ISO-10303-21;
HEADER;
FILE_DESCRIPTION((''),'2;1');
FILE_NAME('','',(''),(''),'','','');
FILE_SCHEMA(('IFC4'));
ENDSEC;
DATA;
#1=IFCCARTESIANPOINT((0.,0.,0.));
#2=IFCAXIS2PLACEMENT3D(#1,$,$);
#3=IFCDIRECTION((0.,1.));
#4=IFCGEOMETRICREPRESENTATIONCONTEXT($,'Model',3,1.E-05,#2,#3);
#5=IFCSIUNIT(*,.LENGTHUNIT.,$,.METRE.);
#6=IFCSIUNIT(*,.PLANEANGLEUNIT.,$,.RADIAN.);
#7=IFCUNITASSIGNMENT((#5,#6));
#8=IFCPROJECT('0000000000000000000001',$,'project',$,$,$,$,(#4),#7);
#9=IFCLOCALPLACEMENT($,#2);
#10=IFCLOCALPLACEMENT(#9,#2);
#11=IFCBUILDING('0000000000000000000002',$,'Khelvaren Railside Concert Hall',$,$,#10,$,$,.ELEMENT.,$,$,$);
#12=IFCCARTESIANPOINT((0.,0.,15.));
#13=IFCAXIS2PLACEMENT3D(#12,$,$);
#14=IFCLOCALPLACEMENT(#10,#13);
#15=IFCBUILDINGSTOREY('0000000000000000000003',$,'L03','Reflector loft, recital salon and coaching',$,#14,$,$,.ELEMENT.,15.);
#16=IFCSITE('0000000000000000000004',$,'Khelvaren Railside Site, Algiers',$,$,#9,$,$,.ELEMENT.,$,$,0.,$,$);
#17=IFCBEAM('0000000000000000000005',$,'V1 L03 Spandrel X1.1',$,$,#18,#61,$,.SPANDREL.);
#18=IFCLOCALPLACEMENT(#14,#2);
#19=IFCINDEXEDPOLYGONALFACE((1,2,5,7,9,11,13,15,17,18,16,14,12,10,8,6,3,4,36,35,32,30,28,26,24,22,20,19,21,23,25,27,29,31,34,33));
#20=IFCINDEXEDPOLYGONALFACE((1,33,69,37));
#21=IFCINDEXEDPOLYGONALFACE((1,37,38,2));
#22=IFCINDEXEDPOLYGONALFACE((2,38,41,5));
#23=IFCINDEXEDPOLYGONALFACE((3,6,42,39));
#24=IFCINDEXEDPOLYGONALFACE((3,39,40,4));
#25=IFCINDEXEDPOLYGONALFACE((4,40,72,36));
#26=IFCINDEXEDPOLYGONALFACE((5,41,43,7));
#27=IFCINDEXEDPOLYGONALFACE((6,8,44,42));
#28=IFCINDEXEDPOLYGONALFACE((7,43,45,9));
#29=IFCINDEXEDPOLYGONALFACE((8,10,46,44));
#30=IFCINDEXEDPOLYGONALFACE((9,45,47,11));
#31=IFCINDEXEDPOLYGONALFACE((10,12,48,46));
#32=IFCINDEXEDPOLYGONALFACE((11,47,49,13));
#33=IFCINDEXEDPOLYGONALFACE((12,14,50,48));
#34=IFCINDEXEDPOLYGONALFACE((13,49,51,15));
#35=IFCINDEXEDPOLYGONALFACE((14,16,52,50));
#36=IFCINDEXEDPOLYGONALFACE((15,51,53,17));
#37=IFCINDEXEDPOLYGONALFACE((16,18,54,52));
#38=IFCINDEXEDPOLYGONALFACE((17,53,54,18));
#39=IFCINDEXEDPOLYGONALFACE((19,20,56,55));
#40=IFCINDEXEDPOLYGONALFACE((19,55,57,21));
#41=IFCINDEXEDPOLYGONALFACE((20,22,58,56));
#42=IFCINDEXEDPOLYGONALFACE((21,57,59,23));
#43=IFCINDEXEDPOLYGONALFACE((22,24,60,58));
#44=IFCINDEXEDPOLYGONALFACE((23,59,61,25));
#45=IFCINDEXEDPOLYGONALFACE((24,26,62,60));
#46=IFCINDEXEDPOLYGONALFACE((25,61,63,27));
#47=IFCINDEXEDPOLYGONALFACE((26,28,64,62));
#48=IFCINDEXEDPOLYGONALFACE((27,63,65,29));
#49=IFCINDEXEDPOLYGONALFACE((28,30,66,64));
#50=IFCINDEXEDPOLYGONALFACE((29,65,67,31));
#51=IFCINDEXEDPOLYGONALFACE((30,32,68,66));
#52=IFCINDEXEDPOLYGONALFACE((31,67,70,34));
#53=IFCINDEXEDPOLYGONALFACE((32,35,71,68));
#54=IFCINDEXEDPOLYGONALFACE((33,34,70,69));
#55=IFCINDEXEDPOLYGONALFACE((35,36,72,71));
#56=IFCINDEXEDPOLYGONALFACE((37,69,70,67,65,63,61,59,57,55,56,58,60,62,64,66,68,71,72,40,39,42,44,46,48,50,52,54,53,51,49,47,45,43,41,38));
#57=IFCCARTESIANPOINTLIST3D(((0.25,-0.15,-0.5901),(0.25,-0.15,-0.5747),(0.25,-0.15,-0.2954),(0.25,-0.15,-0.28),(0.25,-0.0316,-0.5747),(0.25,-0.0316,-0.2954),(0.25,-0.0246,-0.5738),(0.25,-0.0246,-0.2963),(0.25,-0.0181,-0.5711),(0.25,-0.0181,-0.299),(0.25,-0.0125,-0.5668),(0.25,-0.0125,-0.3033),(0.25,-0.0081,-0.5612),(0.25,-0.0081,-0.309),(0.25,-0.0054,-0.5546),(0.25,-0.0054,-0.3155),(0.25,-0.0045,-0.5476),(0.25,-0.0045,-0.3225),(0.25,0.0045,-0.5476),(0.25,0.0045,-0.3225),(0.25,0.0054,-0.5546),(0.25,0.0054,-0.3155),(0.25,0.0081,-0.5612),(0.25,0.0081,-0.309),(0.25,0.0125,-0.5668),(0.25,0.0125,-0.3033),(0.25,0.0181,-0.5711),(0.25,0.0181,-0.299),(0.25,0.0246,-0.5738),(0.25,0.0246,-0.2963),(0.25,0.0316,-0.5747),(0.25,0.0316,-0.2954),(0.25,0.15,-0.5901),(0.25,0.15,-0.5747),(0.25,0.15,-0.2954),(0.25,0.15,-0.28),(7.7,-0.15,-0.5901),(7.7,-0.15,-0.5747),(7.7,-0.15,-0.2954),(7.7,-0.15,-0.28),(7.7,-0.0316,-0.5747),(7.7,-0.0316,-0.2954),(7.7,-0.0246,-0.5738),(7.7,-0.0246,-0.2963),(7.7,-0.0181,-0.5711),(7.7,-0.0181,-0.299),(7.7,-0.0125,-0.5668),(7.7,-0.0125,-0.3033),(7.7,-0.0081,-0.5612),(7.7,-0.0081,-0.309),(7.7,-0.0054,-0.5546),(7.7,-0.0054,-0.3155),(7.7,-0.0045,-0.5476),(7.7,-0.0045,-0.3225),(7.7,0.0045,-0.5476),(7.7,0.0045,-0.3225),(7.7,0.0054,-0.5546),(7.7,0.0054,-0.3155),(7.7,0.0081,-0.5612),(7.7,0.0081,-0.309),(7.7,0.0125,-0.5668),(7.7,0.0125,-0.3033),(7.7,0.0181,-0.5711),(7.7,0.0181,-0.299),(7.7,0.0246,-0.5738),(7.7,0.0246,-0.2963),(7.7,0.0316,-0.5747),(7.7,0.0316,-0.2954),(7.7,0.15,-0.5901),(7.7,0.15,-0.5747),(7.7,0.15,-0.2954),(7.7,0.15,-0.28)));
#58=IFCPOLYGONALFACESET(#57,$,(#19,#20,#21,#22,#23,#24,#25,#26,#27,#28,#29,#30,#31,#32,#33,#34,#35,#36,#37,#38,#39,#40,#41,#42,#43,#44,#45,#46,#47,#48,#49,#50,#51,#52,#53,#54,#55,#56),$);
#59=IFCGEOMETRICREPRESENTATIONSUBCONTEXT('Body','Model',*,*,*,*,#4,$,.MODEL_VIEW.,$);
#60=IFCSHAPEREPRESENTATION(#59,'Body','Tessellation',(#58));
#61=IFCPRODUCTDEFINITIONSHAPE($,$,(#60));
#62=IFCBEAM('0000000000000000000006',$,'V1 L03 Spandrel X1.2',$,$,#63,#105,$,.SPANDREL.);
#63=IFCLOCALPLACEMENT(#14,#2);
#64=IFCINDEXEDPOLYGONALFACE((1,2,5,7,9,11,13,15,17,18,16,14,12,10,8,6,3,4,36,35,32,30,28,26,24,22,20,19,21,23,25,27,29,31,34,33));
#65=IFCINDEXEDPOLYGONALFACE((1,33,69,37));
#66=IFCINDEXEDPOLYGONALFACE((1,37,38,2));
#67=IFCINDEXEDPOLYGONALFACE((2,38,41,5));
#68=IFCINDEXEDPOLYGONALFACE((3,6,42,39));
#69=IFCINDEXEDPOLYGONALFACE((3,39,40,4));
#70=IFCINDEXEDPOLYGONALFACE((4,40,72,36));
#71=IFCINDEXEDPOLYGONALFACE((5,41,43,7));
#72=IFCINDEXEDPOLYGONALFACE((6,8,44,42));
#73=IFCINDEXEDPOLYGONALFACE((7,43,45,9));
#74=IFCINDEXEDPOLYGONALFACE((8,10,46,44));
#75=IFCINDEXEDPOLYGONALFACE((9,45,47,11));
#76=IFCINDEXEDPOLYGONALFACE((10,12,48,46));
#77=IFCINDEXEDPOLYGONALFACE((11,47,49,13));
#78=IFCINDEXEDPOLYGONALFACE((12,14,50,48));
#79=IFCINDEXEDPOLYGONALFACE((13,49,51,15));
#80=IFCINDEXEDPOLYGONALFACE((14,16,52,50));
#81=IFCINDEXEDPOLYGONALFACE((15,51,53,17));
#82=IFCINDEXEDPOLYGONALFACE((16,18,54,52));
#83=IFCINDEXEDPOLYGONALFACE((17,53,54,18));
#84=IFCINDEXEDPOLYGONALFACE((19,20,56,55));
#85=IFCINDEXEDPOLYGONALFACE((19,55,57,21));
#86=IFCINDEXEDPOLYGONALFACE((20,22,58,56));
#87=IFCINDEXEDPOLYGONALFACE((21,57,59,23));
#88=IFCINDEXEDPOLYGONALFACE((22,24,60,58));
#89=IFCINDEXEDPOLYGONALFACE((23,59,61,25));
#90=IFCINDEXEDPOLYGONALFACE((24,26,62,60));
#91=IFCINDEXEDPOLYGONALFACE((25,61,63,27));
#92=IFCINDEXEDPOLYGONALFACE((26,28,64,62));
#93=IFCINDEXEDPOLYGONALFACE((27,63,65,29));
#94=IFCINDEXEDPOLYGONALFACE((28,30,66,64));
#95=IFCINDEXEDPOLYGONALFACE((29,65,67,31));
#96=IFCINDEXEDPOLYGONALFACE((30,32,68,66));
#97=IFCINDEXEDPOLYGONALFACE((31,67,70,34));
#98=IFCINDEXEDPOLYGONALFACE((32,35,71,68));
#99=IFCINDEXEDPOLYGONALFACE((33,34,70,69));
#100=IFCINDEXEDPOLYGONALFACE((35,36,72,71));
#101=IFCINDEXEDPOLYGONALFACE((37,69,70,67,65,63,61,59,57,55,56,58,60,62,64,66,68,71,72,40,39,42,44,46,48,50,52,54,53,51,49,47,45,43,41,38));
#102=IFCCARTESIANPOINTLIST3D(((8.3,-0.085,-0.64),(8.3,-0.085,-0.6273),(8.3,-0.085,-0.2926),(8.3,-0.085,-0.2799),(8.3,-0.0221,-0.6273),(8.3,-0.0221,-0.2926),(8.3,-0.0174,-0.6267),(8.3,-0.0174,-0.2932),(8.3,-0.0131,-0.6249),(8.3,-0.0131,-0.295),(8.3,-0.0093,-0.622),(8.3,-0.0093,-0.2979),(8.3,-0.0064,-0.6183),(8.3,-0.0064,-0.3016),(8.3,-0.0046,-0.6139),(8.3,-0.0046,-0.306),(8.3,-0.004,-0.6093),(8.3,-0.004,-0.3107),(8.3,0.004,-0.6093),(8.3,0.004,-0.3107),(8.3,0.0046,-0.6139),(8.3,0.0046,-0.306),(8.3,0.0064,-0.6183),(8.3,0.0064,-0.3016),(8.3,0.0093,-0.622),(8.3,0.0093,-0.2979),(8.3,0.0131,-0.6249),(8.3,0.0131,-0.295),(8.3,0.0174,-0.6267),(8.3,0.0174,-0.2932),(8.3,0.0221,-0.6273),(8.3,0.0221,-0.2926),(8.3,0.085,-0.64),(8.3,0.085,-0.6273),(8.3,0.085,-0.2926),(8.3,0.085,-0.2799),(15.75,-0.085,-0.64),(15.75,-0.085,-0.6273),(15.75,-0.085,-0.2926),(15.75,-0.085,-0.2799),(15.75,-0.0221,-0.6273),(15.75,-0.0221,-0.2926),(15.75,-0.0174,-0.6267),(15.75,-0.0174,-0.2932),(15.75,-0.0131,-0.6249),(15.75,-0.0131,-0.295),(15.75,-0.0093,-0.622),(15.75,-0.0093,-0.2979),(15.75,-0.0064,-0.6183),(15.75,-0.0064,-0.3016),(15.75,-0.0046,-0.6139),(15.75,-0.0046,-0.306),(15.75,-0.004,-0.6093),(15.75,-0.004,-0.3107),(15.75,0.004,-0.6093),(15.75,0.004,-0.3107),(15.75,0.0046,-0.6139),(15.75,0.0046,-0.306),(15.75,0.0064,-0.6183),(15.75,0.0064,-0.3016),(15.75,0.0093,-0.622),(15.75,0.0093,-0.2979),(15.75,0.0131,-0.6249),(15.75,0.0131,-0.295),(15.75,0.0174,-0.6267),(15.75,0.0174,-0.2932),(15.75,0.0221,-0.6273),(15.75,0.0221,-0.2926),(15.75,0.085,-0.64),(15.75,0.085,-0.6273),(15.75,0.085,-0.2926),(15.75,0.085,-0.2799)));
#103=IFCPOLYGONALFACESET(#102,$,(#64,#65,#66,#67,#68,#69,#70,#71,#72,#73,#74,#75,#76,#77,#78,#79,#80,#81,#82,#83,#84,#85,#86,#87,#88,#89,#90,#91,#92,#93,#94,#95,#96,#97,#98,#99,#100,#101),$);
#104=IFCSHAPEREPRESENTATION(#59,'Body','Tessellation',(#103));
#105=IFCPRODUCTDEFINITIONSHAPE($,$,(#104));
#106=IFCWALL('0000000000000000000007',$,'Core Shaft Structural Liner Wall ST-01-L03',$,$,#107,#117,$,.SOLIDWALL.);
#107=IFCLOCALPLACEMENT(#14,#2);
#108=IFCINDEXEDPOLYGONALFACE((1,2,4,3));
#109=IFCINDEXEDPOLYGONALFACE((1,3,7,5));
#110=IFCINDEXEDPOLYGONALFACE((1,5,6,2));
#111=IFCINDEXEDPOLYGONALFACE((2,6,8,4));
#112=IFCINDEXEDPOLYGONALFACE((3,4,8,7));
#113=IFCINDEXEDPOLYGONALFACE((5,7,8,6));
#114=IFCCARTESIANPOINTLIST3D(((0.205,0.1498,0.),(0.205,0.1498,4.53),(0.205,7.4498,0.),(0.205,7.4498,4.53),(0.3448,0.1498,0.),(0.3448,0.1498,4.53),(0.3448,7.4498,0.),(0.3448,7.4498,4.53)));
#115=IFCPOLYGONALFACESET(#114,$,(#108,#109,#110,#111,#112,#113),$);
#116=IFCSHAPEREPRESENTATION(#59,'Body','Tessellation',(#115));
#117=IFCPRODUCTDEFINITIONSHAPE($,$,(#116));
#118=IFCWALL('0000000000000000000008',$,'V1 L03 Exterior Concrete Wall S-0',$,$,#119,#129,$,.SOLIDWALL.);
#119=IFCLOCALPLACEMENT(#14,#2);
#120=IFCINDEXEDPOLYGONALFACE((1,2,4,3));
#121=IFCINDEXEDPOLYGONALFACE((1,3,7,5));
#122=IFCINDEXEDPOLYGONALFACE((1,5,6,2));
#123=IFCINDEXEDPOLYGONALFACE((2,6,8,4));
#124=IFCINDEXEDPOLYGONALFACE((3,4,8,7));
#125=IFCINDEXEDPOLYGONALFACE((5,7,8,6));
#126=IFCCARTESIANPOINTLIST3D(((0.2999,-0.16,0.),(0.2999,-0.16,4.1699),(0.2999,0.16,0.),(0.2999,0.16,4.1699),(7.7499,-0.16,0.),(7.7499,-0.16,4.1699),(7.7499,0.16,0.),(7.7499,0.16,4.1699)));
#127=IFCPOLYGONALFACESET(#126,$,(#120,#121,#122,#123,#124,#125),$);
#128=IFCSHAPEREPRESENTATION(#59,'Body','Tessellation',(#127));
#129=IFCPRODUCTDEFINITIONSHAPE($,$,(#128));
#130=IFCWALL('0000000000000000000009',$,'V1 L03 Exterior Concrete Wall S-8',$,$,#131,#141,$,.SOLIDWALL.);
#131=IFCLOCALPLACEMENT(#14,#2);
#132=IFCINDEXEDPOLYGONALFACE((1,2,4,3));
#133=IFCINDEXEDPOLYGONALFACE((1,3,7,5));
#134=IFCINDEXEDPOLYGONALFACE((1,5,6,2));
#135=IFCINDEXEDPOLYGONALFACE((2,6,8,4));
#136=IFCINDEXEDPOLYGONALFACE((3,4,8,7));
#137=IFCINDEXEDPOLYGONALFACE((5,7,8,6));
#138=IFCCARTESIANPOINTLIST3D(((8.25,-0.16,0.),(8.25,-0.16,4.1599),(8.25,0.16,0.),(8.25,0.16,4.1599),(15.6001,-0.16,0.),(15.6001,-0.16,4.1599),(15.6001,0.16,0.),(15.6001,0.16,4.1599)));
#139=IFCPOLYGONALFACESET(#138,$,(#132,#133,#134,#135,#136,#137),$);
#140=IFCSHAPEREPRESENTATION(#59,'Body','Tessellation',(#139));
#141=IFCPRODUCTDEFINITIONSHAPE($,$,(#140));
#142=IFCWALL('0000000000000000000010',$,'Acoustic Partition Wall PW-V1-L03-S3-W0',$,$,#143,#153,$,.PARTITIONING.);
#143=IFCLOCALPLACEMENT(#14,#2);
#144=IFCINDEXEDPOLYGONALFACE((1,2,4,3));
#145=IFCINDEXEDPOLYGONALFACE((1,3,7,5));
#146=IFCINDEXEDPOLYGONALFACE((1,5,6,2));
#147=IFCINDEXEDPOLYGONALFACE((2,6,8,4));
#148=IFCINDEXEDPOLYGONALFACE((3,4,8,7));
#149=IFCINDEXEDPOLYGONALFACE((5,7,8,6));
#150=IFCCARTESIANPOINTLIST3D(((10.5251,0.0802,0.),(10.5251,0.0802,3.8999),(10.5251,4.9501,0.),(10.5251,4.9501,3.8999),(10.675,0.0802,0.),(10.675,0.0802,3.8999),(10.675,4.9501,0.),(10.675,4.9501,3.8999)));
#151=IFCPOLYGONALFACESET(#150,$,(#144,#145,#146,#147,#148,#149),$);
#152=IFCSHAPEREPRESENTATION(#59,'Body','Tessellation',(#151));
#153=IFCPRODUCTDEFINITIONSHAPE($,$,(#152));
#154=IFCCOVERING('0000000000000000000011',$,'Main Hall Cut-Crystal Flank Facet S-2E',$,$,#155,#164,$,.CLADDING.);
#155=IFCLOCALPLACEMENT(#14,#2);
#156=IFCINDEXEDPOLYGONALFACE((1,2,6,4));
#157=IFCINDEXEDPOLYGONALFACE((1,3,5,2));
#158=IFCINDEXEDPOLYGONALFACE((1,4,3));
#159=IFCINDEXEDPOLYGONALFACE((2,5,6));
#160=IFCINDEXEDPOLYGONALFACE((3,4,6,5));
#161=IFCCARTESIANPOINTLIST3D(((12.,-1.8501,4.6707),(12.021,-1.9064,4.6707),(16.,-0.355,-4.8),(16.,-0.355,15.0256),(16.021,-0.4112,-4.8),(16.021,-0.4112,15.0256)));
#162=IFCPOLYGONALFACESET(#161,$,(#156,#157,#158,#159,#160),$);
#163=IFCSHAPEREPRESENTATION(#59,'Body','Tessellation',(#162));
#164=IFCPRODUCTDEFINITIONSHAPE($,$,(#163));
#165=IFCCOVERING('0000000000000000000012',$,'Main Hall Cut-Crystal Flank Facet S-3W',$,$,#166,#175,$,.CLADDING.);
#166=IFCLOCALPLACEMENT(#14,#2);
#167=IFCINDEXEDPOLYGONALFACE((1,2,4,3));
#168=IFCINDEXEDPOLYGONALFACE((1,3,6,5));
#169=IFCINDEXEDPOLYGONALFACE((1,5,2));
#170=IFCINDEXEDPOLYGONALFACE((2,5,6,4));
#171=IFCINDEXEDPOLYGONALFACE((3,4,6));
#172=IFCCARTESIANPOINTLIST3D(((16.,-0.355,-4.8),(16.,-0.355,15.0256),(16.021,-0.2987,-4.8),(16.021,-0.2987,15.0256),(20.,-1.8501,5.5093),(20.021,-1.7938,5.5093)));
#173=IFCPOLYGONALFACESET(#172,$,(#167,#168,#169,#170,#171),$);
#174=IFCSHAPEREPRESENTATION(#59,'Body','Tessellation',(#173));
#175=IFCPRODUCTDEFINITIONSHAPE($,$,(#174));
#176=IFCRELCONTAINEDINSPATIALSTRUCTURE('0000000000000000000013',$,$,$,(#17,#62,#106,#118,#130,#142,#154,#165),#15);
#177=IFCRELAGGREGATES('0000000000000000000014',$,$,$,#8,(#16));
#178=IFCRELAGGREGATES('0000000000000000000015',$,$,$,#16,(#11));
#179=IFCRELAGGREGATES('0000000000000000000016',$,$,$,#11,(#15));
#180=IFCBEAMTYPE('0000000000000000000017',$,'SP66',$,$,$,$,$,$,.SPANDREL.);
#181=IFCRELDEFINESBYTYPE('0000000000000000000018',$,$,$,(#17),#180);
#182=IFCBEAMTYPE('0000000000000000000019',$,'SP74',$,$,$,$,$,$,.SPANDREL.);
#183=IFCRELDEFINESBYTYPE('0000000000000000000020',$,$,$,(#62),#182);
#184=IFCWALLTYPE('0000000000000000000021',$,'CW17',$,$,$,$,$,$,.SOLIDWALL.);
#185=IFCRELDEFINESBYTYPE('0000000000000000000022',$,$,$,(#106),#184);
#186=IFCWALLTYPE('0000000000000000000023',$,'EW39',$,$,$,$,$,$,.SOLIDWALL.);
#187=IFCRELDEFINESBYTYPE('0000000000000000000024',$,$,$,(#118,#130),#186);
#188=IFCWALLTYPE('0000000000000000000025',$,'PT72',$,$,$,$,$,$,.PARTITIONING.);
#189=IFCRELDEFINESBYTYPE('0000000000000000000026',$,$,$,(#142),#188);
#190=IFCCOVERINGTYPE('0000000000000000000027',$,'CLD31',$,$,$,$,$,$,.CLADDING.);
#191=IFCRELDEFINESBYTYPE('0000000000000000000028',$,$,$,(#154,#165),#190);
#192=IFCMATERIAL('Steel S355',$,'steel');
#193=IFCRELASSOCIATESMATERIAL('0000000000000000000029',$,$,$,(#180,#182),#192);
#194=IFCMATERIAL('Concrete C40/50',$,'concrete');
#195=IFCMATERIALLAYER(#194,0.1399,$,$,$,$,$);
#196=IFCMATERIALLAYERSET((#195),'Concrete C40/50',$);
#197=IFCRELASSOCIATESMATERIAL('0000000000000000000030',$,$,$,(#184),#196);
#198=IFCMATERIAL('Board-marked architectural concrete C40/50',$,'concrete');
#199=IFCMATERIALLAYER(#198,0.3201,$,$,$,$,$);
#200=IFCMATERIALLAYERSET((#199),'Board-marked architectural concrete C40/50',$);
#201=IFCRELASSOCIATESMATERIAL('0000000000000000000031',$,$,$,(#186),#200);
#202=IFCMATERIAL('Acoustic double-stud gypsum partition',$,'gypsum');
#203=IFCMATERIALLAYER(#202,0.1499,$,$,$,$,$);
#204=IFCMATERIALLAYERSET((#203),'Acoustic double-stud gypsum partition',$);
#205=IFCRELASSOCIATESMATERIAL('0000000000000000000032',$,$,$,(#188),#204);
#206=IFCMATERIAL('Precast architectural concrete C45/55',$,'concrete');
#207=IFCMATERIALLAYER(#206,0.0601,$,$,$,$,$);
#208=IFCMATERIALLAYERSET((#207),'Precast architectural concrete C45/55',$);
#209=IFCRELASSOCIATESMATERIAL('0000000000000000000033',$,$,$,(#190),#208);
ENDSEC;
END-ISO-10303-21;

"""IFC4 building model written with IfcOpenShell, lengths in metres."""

from ifc_helpers import new_model, si_unit, direction, frame, frame_2d, origin, origin_2d, place, context, subcontext, project, spatial, polyline, rectangle, i_section, outline, extrude, material, layer, layer_set, material_profile, profile_set, type_object, element, save


model = new_model("IFC4")

# Units and contexts
model_context = context("Model", 3, precision=1e-05, world=origin(), true_north=direction((0.0, 1.0)))
body_context = subcontext(model_context, "Body", "Model", "MODEL_VIEW")
ifc_project = project(units=[si_unit("LENGTHUNIT", "METRE"), si_unit("PLANEANGLEUNIT", "RADIAN")], contexts=[model_context])

# Site, building, storey
site_placement = place(None, origin())
site = spatial("IfcSite", under=ifc_project, at=site_placement, Name="Khelvaren Railside Site, Algiers", CompositionType="ELEMENT", RefElevation=0.0)
building_placement = place(site_placement, origin())
building = spatial("IfcBuilding", under=site, at=building_placement, Name="Khelvaren Railside Concert Hall", CompositionType="ELEMENT")
storey_placement = place(building_placement, frame((0.0, 0.0, 15.0)))
storey = spatial("IfcBuildingStorey", under=building, at=storey_placement, Name="L03", Description="Reflector loft, recital salon and coaching", CompositionType="ELEMENT", Elevation=15.0)

# Beams
ifc_material_1 = material(Name="Steel S355", Category="steel")
ifc_material_profile_1 = material_profile(ifc_material_1, i_section(OverallWidth=0.3, OverallDepth=0.3101, WebThickness=0.009, FlangeThickness=0.0154, FilletRadius=0.0271, at=origin_2d()), Name="HEA 320")
ifc_profile_set_1 = profile_set([ifc_material_profile_1], Name="Steel S355")
beam_type_1 = type_object("IfcBeamType", Name="SP66", PredefinedType="SPANDREL", material=ifc_profile_set_1)
beam_1_placement = place(storey_placement, frame((0.25, 0.0, -0.4351), z_axis=(1.0, 0.0, 0.0), x_axis=(0.0, 1.0, 0.0)))
element("IfcBeam", 1, at=beam_1_placement, inside=storey, type_object=beam_type_1, Name="V1 L03 Spandrel X1.1", PredefinedType="SPANDREL", context=body_context, shape_type="SweptSolid", body=[
    extrude(i_section(OverallWidth=0.3, OverallDepth=0.3101, WebThickness=0.009, FlangeThickness=0.0154, FilletRadius=0.0271, at=origin_2d()), origin(), (0.0, 0.0, 1.0), 7.45),
])
ifc_material_profile_2 = material_profile(ifc_material_1, i_section(OverallWidth=0.1699, OverallDepth=0.3601, WebThickness=0.0081, FlangeThickness=0.0127, FilletRadius=0.0181, at=origin_2d()), Name="IPE 360")
ifc_profile_set_2 = profile_set([ifc_material_profile_2], Name="Steel S355")
beam_type_2 = type_object("IfcBeamType", Name="SP74", PredefinedType="SPANDREL", material=ifc_profile_set_2)
beam_2_placement = place(storey_placement, frame((8.3, 0.0, -0.46), z_axis=(1.0, 0.0, 0.0), x_axis=(0.0, 1.0, 0.0)))
element("IfcBeam", 2, at=beam_2_placement, inside=storey, type_object=beam_type_2, Name="V1 L03 Spandrel X1.2", PredefinedType="SPANDREL", context=body_context, shape_type="SweptSolid", body=[
    extrude(i_section(OverallWidth=0.1699, OverallDepth=0.3601, WebThickness=0.0081, FlangeThickness=0.0127, FilletRadius=0.0181, at=origin_2d()), origin(), (0.0, 0.0, 1.0), 7.45),
])

# Walls
ifc_material_2 = material(Name="Concrete C40/50", Category="concrete")
ifc_layer_1 = layer(ifc_material_2, 0.1399)
ifc_layer_set_1 = layer_set([ifc_layer_1], Name="Concrete C40/50")
wall_type_1 = type_object("IfcWallType", Name="CW17", PredefinedType="SOLIDWALL", material=ifc_layer_set_1)
wall_1_placement = place(storey_placement, frame((0.2749, 0.1499, 0.0), z_axis=(0.0, 0.0, 1.0), x_axis=(0.0, 1.0, 0.0)))
element("IfcWall", 3, at=wall_1_placement, inside=storey, type_object=wall_type_1, Name="Core Shaft Structural Liner Wall ST-01-L03", PredefinedType="SOLIDWALL", context=body_context, shape_type="SweptSolid", body=[
    extrude(rectangle(XDim=7.3, YDim=0.1399, at=frame_2d((3.6499, 0.0))), origin(), (0.0, 0.0, 1.0), 4.53),
])
ifc_material_3 = material(Name="Board-marked architectural concrete C40/50", Category="concrete")
ifc_layer_2 = layer(ifc_material_3, 0.3201)
ifc_layer_set_2 = layer_set([ifc_layer_2], Name="Board-marked architectural concrete C40/50")
wall_type_2 = type_object("IfcWallType", Name="EW39", PredefinedType="SOLIDWALL", material=ifc_layer_set_2)
wall_2_placement = place(storey_placement, frame((7.75, 0.0, 0.0), z_axis=(0.0, 0.0, 1.0), x_axis=(-1.0, 0.0, 0.0)))
element("IfcWall", 4, at=wall_2_placement, inside=storey, type_object=wall_type_2, Name="V1 L03 Exterior Concrete Wall S-0", PredefinedType="SOLIDWALL", context=body_context, shape_type="SweptSolid", body=[
    extrude(rectangle(XDim=7.45, YDim=0.3201, at=frame_2d((3.7251, 0.0))), origin(), (0.0, 0.0, 1.0), 4.1699),
])
wall_3_placement = place(storey_placement, frame((15.6001, 0.0, 0.0), z_axis=(0.0, 0.0, 1.0), x_axis=(-1.0, 0.0, 0.0)))
element("IfcWall", 5, at=wall_3_placement, inside=storey, type_object=wall_type_2, Name="V1 L03 Exterior Concrete Wall S-8", PredefinedType="SOLIDWALL", context=body_context, shape_type="SweptSolid", body=[
    extrude(rectangle(XDim=7.3501, YDim=0.3201, at=frame_2d((3.675, 0.0))), origin(), (0.0, 0.0, 1.0), 4.1599),
])
ifc_material_4 = material(Name="Acoustic double-stud gypsum partition", Category="gypsum")
ifc_layer_3 = layer(ifc_material_4, 0.1499)
ifc_layer_set_3 = layer_set([ifc_layer_3], Name="Acoustic double-stud gypsum partition")
wall_type_3 = type_object("IfcWallType", Name="PT72", PredefinedType="PARTITIONING", material=ifc_layer_set_3)
wall_4_placement = place(storey_placement, frame((10.6001, 0.0801, 0.0), z_axis=(0.0, 0.0, 1.0), x_axis=(0.0, 1.0, 0.0)))
element("IfcWall", 6, at=wall_4_placement, inside=storey, type_object=wall_type_3, Name="Acoustic Partition Wall PW-V1-L03-S3-W0", PredefinedType="PARTITIONING", context=body_context, shape_type="SweptSolid", body=[
    extrude(rectangle(XDim=4.8699, YDim=0.1499, at=frame_2d((2.4351, 0.0))), origin(), (0.0, 0.0, 1.0), 3.8999),
])

# Coverings
ifc_material_5 = material(Name="Precast architectural concrete C45/55", Category="concrete")
ifc_layer_4 = layer(ifc_material_5, 0.0601)
ifc_layer_set_4 = layer_set([ifc_layer_4], Name="Precast architectural concrete C45/55")
covering_type_1 = type_object("IfcCoveringType", Name="CLD31", PredefinedType="CLADDING", material=ifc_layer_set_4)
covering_1_placement = place(storey_placement, frame((16.0, -0.355, 15.0256), z_axis=(-0.350121, 0.936705, 0.0), x_axis=(0.0, 0.0, -1.0)))
element("IfcCovering", 7, at=covering_1_placement, inside=storey, type_object=covering_type_1, Name="Main Hall Cut-Crystal Flank Facet S-2E", PredefinedType="CLADDING", context=body_context, shape_type="SweptSolid", body=[
    extrude(outline(polyline([(0.0, 0.0), (19.8257, 0.0), (10.355, 4.2703), (0.0, 0.0)])), origin(), (0.0, 0.0, -1.0), 0.0601),
])
covering_2_placement = place(storey_placement, frame((16.0, -0.355, 15.0256), z_axis=(-0.350121, -0.936705, 0.0), x_axis=(0.0, 0.0, -1.0)))
element("IfcCovering", 8, at=covering_2_placement, inside=storey, type_object=covering_type_1, Name="Main Hall Cut-Crystal Flank Facet S-3W", PredefinedType="CLADDING", context=body_context, shape_type="SweptSolid", body=[
    extrude(outline(polyline([(0.0, 0.0), (19.8257, 0.0), (9.5164, 4.2703), (0.0, 0.0)])), origin(), (0.0, 0.0, -1.0), 0.0601),
])

save(model, "model.ifc")
